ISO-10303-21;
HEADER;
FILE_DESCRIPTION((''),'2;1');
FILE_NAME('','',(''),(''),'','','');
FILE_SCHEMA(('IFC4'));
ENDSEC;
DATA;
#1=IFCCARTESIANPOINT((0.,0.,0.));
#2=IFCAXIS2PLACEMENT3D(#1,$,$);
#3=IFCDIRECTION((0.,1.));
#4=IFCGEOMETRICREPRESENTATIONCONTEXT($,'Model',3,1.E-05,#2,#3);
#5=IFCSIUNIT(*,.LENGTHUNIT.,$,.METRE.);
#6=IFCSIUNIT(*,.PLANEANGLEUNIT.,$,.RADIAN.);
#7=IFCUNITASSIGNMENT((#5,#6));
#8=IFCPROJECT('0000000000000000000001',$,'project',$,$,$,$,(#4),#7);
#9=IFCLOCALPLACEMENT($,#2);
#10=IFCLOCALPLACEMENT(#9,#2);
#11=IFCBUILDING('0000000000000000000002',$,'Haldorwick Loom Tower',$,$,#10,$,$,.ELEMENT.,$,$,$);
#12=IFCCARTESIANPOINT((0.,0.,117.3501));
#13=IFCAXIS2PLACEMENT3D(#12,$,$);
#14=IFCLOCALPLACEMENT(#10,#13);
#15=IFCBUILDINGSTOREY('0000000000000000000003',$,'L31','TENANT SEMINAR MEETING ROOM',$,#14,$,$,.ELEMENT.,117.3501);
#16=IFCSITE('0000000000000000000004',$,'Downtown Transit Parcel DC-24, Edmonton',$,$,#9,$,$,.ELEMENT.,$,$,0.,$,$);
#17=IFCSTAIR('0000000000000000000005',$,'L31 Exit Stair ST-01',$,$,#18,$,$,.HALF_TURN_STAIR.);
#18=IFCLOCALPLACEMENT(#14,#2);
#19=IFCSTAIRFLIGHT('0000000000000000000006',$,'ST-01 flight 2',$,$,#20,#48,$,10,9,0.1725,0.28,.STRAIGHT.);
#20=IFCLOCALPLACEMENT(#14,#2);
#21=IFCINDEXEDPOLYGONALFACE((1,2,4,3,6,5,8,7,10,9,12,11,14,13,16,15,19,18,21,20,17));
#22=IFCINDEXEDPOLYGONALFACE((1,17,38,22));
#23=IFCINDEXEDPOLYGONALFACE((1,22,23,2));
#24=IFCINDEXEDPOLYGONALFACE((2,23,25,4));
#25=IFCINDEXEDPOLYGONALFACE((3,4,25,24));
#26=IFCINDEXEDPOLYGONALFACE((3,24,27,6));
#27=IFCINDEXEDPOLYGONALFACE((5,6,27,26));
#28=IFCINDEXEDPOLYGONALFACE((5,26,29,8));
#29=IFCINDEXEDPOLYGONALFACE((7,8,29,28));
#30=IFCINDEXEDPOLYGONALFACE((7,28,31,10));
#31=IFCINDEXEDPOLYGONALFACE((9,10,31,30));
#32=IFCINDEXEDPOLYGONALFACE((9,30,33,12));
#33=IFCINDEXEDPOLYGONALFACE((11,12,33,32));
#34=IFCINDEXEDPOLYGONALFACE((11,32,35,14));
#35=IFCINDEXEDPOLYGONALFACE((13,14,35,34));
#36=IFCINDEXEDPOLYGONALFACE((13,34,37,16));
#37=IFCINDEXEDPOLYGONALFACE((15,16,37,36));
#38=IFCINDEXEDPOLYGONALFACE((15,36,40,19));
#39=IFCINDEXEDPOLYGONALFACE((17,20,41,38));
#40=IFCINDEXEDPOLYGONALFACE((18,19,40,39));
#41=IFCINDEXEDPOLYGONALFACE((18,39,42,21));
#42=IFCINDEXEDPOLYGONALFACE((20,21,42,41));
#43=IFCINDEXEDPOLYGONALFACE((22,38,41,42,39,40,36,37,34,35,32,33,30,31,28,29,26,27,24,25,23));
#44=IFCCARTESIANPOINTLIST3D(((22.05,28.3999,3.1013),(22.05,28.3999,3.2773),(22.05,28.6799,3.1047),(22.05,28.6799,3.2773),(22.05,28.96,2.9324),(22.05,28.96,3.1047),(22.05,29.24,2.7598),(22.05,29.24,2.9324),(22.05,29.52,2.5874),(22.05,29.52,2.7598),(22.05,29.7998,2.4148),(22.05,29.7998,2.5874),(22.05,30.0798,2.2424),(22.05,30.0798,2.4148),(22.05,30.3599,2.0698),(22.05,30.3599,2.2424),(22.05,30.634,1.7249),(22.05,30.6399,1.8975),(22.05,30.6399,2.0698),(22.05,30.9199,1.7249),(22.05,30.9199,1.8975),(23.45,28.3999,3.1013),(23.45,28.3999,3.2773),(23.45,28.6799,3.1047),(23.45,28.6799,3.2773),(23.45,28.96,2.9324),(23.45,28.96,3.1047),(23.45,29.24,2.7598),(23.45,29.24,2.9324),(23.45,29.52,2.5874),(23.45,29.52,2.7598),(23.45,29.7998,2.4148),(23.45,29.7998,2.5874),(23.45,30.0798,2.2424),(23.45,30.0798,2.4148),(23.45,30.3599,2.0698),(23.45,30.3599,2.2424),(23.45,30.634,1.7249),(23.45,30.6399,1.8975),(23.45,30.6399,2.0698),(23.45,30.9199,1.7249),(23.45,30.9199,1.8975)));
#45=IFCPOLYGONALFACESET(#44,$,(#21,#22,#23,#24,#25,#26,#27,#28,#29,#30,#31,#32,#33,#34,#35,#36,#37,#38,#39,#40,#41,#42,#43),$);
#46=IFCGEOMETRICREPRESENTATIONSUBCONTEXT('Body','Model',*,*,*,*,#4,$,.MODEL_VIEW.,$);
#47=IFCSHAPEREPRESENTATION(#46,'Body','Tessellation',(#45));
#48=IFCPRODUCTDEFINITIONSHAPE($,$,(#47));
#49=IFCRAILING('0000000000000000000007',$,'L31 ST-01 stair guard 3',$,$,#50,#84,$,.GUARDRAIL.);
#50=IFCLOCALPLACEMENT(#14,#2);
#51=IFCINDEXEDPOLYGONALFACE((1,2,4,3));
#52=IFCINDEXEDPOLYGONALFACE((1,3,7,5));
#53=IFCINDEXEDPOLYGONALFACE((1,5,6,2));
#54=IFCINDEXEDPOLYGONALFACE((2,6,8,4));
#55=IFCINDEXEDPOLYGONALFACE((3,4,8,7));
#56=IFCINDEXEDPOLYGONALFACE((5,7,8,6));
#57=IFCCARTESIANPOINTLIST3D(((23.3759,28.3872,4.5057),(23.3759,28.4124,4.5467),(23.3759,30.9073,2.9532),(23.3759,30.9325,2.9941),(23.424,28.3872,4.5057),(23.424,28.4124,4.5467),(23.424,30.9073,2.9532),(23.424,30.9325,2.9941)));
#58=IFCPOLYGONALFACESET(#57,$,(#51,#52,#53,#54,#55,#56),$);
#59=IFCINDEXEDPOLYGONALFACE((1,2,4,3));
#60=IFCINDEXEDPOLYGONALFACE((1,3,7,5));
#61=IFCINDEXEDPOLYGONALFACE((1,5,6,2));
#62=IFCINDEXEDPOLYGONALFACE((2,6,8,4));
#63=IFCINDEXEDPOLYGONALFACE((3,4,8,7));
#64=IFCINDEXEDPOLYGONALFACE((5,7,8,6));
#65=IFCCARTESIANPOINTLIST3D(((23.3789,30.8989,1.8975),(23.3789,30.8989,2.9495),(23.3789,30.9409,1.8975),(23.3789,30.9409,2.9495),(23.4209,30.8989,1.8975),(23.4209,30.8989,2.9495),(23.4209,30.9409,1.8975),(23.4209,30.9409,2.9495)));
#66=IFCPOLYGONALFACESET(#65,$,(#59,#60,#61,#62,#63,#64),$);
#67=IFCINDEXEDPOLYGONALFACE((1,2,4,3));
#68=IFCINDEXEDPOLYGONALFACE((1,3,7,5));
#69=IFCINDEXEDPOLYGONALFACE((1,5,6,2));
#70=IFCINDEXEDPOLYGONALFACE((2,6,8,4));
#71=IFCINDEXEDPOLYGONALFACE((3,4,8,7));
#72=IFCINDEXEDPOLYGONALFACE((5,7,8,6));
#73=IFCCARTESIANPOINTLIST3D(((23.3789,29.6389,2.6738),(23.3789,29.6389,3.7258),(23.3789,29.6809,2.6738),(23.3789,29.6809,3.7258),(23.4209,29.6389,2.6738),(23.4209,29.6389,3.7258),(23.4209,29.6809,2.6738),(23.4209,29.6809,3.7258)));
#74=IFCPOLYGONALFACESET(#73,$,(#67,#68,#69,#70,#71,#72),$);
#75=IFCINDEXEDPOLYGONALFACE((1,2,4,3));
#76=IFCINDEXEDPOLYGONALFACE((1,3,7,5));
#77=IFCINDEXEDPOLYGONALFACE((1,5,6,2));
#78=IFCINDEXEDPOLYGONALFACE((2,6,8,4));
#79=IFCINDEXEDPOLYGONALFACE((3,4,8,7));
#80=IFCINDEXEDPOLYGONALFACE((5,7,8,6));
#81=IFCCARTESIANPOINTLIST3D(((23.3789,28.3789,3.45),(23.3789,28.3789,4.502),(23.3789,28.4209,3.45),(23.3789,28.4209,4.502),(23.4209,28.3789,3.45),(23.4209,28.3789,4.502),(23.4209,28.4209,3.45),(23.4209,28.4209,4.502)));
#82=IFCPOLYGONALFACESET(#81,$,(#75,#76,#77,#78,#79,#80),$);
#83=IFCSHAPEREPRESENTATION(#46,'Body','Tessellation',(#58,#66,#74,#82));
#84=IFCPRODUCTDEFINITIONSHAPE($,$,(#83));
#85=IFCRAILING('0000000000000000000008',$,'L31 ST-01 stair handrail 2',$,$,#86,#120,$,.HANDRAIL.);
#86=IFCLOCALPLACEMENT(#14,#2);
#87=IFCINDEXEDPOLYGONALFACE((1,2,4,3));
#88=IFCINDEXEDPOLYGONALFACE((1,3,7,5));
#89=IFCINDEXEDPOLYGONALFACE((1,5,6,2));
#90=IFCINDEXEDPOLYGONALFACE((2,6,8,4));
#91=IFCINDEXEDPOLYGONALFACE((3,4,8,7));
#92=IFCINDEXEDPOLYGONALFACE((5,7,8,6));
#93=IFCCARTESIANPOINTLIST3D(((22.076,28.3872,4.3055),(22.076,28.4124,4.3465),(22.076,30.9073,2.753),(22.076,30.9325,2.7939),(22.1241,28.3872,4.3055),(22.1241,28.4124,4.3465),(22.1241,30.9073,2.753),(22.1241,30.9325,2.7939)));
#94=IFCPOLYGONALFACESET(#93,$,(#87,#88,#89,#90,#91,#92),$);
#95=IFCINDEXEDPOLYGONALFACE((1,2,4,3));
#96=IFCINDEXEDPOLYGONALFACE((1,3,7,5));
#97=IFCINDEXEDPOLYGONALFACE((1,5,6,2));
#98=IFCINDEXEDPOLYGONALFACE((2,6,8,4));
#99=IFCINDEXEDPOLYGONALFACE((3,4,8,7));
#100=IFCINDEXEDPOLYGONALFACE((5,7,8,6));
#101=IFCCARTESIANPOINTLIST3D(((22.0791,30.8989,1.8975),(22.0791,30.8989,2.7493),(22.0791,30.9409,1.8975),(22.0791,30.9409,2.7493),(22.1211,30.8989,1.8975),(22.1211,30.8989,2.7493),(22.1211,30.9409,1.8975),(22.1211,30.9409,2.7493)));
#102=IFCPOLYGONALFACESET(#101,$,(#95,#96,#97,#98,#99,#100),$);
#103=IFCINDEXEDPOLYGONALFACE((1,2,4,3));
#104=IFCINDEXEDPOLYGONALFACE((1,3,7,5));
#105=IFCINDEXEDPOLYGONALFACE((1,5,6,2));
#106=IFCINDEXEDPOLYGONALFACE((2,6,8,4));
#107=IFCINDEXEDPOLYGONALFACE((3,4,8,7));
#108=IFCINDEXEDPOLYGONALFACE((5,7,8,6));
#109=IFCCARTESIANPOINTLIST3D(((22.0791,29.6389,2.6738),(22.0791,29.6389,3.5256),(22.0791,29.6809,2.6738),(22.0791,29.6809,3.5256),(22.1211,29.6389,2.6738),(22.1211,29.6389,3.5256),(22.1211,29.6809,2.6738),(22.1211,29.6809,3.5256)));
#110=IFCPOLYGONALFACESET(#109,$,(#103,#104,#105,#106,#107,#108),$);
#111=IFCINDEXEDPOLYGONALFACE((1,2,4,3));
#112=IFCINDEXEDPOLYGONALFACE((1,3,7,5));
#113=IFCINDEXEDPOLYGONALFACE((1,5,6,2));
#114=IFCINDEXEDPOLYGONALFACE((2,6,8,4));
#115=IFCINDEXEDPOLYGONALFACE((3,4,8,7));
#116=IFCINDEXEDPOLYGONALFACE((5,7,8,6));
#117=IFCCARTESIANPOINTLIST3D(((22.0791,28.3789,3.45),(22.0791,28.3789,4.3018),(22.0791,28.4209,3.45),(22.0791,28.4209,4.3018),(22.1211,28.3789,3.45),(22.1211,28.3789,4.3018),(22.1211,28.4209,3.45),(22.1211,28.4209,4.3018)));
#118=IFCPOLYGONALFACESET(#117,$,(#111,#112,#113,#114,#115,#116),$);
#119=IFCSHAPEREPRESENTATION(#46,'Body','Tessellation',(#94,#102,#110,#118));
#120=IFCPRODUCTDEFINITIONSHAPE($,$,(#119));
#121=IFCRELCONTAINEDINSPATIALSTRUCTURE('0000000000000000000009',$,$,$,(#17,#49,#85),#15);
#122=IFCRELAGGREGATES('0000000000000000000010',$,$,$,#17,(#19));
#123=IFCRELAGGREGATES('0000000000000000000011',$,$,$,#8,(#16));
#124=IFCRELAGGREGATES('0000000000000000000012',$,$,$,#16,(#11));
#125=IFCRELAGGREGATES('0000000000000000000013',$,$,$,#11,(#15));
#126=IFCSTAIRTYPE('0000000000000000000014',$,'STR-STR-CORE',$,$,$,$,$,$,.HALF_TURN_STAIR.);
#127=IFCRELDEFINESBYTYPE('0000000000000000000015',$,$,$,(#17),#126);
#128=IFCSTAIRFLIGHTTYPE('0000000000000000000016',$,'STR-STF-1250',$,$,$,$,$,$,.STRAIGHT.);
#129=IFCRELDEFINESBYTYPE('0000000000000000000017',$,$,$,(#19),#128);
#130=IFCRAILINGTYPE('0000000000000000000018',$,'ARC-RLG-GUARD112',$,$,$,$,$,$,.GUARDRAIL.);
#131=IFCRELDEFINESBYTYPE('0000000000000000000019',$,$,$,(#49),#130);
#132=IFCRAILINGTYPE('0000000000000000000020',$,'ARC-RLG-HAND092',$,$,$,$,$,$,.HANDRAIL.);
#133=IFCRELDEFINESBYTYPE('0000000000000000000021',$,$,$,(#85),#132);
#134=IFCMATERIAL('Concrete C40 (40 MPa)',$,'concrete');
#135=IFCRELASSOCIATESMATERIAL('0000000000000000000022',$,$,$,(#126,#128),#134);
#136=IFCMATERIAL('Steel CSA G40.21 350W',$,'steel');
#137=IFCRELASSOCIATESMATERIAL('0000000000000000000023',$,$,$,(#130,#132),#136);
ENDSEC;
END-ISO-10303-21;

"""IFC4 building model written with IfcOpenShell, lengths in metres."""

from ifc_helpers import new_model, si_unit, direction, frame, origin, origin_2d, place, context, subcontext, project, spatial, polyline, rectangle, outline, extrude, material, type_object, element, aggregate, save


model = new_model("IFC4")

# Units and contexts
model_context = context("Model", 3, precision=1e-05, world=origin(), true_north=direction((0.0, 1.0)))
body_context = subcontext(model_context, "Body", "Model", "MODEL_VIEW")
ifc_project = project(units=[si_unit("LENGTHUNIT", "METRE"), si_unit("PLANEANGLEUNIT", "RADIAN")], contexts=[model_context])

# Site, building, storey
site_placement = place(None, origin())
site = spatial("IfcSite", under=ifc_project, at=site_placement, Name="Downtown Transit Parcel DC-24, Edmonton", CompositionType="ELEMENT", RefElevation=0.0)
building_placement = place(site_placement, origin())
building = spatial("IfcBuilding", under=site, at=building_placement, Name="Haldorwick Loom Tower", CompositionType="ELEMENT")
storey_placement = place(building_placement, frame((0.0, 0.0, 117.3501)))
storey = spatial("IfcBuildingStorey", under=building, at=storey_placement, Name="L31", Description="TENANT SEMINAR MEETING ROOM", CompositionType="ELEMENT", Elevation=117.3501)

# Shared definitions
ifc_material_1 = material(Name="Steel CSA G40.21 350W", Category="steel")

# Stair, stair flight
ifc_material_2 = material(Name="Concrete C40 (40 MPa)", Category="concrete")
stair_type = type_object("IfcStairType", Name="STR-STR-CORE", PredefinedType="HALF_TURN_STAIR", material=ifc_material_2)
stair_placement = place(storey_placement, origin())
stair = element("IfcStair", 1, at=stair_placement, inside=storey, type_object=stair_type, Name="L31 Exit Stair ST-01", PredefinedType="HALF_TURN_STAIR")
stair_flight_type = type_object("IfcStairFlightType", Name="STR-STF-1250", PredefinedType="STRAIGHT", material=ifc_material_2)
stair_flight_placement = place(storey_placement, frame((22.75, 30.9199, 1.7249), z_axis=(0.0, 0.0, 1.0), x_axis=(0.0, -1.0, 0.0)))
stair_flight = element("IfcStairFlight", 2, at=stair_flight_placement, type_object=stair_flight_type, Name="ST-01 flight 2", NumberOfRisers=10, NumberOfTreads=9, PredefinedType="STRAIGHT", RiserHeight=0.1725, TreadLength=0.28, context=body_context, shape_type="SweptSolid", body=[
    extrude(outline(polyline([(0.0, 0.0), (0.0, 0.1726), (0.28, 0.1726), (0.28, 0.345), (0.5601, 0.345), (0.5601, 0.5176), (0.8401, 0.5176), (0.8401, 0.6899), (1.1201, 0.6899), (1.1201, 0.8625), (1.3999, 0.8625), (1.3999, 1.0349), (1.6799, 1.0349), (1.6799, 1.2075), (1.96, 1.2075), (1.96, 1.3799), (2.24, 1.3799), (2.24, 1.5525), (2.52, 1.5525), (2.52, 1.7251), (2.52, 1.3765), (0.2859, 0.0), (0.0, 0.0)])), frame((0.0, 0.7, 0.0), z_axis=(0.0, -1.0, 0.0), x_axis=(1.0, 0.0, 0.0)), (0.0, 0.0, 1.0), 1.3999),
])
aggregate(stair, [stair_flight])

# Railings
railing_type_1 = type_object("IfcRailingType", Name="ARC-RLG-GUARD112", PredefinedType="GUARDRAIL", material=ifc_material_1)
railing_1_placement = place(storey_placement, frame((23.3999, 30.9199, 1.8975)))
element("IfcRailing", 3, at=railing_1_placement, inside=storey, type_object=railing_type_1, Name="L31 ST-01 stair guard 3", PredefinedType="GUARDRAIL", context=body_context, shape_type="SweptSolid", body=[
    extrude(rectangle(XDim=0.0481, YDim=0.0481, at=origin_2d()), frame((0.0, 0.0, 1.0762), z_axis=(0.0, -0.8514, 0.524516), x_axis=(1.0, 0.0, 0.0)), (0.0, 0.0, 1.0), 2.96),
    extrude(rectangle(XDim=0.042, YDim=0.042, at=origin_2d()), origin(), (0.0, 0.0, 1.0), 1.052),
    extrude(rectangle(XDim=0.042, YDim=0.042, at=origin_2d()), frame((0.0, -1.26, 0.7764)), (0.0, 0.0, 1.0), 1.052),
    extrude(rectangle(XDim=0.042, YDim=0.042, at=origin_2d()), frame((0.0, -2.52, 1.5525)), (0.0, 0.0, 1.0), 1.052),
])
railing_type_2 = type_object("IfcRailingType", Name="ARC-RLG-HAND092", PredefinedType="HANDRAIL", material=ifc_material_1)
railing_2_placement = place(storey_placement, frame((22.1001, 30.9199, 1.8975)))
element("IfcRailing", 4, at=railing_2_placement, inside=storey, type_object=railing_type_2, Name="L31 ST-01 stair handrail 2", PredefinedType="HANDRAIL", context=body_context, shape_type="SweptSolid", body=[
    extrude(rectangle(XDim=0.0481, YDim=0.0481, at=origin_2d()), frame((0.0, 0.0, 0.876), z_axis=(0.0, -0.8514, 0.524516), x_axis=(1.0, 0.0, 0.0)), (0.0, 0.0, 1.0), 2.96),
    extrude(rectangle(XDim=0.042, YDim=0.042, at=origin_2d()), origin(), (0.0, 0.0, 1.0), 0.8518),
    extrude(rectangle(XDim=0.042, YDim=0.042, at=origin_2d()), frame((0.0, -1.26, 0.7764)), (0.0, 0.0, 1.0), 0.8518),
    extrude(rectangle(XDim=0.042, YDim=0.042, at=origin_2d()), frame((0.0, -2.52, 1.5525)), (0.0, 0.0, 1.0), 0.8518),
])

save(model, "model.ifc")
